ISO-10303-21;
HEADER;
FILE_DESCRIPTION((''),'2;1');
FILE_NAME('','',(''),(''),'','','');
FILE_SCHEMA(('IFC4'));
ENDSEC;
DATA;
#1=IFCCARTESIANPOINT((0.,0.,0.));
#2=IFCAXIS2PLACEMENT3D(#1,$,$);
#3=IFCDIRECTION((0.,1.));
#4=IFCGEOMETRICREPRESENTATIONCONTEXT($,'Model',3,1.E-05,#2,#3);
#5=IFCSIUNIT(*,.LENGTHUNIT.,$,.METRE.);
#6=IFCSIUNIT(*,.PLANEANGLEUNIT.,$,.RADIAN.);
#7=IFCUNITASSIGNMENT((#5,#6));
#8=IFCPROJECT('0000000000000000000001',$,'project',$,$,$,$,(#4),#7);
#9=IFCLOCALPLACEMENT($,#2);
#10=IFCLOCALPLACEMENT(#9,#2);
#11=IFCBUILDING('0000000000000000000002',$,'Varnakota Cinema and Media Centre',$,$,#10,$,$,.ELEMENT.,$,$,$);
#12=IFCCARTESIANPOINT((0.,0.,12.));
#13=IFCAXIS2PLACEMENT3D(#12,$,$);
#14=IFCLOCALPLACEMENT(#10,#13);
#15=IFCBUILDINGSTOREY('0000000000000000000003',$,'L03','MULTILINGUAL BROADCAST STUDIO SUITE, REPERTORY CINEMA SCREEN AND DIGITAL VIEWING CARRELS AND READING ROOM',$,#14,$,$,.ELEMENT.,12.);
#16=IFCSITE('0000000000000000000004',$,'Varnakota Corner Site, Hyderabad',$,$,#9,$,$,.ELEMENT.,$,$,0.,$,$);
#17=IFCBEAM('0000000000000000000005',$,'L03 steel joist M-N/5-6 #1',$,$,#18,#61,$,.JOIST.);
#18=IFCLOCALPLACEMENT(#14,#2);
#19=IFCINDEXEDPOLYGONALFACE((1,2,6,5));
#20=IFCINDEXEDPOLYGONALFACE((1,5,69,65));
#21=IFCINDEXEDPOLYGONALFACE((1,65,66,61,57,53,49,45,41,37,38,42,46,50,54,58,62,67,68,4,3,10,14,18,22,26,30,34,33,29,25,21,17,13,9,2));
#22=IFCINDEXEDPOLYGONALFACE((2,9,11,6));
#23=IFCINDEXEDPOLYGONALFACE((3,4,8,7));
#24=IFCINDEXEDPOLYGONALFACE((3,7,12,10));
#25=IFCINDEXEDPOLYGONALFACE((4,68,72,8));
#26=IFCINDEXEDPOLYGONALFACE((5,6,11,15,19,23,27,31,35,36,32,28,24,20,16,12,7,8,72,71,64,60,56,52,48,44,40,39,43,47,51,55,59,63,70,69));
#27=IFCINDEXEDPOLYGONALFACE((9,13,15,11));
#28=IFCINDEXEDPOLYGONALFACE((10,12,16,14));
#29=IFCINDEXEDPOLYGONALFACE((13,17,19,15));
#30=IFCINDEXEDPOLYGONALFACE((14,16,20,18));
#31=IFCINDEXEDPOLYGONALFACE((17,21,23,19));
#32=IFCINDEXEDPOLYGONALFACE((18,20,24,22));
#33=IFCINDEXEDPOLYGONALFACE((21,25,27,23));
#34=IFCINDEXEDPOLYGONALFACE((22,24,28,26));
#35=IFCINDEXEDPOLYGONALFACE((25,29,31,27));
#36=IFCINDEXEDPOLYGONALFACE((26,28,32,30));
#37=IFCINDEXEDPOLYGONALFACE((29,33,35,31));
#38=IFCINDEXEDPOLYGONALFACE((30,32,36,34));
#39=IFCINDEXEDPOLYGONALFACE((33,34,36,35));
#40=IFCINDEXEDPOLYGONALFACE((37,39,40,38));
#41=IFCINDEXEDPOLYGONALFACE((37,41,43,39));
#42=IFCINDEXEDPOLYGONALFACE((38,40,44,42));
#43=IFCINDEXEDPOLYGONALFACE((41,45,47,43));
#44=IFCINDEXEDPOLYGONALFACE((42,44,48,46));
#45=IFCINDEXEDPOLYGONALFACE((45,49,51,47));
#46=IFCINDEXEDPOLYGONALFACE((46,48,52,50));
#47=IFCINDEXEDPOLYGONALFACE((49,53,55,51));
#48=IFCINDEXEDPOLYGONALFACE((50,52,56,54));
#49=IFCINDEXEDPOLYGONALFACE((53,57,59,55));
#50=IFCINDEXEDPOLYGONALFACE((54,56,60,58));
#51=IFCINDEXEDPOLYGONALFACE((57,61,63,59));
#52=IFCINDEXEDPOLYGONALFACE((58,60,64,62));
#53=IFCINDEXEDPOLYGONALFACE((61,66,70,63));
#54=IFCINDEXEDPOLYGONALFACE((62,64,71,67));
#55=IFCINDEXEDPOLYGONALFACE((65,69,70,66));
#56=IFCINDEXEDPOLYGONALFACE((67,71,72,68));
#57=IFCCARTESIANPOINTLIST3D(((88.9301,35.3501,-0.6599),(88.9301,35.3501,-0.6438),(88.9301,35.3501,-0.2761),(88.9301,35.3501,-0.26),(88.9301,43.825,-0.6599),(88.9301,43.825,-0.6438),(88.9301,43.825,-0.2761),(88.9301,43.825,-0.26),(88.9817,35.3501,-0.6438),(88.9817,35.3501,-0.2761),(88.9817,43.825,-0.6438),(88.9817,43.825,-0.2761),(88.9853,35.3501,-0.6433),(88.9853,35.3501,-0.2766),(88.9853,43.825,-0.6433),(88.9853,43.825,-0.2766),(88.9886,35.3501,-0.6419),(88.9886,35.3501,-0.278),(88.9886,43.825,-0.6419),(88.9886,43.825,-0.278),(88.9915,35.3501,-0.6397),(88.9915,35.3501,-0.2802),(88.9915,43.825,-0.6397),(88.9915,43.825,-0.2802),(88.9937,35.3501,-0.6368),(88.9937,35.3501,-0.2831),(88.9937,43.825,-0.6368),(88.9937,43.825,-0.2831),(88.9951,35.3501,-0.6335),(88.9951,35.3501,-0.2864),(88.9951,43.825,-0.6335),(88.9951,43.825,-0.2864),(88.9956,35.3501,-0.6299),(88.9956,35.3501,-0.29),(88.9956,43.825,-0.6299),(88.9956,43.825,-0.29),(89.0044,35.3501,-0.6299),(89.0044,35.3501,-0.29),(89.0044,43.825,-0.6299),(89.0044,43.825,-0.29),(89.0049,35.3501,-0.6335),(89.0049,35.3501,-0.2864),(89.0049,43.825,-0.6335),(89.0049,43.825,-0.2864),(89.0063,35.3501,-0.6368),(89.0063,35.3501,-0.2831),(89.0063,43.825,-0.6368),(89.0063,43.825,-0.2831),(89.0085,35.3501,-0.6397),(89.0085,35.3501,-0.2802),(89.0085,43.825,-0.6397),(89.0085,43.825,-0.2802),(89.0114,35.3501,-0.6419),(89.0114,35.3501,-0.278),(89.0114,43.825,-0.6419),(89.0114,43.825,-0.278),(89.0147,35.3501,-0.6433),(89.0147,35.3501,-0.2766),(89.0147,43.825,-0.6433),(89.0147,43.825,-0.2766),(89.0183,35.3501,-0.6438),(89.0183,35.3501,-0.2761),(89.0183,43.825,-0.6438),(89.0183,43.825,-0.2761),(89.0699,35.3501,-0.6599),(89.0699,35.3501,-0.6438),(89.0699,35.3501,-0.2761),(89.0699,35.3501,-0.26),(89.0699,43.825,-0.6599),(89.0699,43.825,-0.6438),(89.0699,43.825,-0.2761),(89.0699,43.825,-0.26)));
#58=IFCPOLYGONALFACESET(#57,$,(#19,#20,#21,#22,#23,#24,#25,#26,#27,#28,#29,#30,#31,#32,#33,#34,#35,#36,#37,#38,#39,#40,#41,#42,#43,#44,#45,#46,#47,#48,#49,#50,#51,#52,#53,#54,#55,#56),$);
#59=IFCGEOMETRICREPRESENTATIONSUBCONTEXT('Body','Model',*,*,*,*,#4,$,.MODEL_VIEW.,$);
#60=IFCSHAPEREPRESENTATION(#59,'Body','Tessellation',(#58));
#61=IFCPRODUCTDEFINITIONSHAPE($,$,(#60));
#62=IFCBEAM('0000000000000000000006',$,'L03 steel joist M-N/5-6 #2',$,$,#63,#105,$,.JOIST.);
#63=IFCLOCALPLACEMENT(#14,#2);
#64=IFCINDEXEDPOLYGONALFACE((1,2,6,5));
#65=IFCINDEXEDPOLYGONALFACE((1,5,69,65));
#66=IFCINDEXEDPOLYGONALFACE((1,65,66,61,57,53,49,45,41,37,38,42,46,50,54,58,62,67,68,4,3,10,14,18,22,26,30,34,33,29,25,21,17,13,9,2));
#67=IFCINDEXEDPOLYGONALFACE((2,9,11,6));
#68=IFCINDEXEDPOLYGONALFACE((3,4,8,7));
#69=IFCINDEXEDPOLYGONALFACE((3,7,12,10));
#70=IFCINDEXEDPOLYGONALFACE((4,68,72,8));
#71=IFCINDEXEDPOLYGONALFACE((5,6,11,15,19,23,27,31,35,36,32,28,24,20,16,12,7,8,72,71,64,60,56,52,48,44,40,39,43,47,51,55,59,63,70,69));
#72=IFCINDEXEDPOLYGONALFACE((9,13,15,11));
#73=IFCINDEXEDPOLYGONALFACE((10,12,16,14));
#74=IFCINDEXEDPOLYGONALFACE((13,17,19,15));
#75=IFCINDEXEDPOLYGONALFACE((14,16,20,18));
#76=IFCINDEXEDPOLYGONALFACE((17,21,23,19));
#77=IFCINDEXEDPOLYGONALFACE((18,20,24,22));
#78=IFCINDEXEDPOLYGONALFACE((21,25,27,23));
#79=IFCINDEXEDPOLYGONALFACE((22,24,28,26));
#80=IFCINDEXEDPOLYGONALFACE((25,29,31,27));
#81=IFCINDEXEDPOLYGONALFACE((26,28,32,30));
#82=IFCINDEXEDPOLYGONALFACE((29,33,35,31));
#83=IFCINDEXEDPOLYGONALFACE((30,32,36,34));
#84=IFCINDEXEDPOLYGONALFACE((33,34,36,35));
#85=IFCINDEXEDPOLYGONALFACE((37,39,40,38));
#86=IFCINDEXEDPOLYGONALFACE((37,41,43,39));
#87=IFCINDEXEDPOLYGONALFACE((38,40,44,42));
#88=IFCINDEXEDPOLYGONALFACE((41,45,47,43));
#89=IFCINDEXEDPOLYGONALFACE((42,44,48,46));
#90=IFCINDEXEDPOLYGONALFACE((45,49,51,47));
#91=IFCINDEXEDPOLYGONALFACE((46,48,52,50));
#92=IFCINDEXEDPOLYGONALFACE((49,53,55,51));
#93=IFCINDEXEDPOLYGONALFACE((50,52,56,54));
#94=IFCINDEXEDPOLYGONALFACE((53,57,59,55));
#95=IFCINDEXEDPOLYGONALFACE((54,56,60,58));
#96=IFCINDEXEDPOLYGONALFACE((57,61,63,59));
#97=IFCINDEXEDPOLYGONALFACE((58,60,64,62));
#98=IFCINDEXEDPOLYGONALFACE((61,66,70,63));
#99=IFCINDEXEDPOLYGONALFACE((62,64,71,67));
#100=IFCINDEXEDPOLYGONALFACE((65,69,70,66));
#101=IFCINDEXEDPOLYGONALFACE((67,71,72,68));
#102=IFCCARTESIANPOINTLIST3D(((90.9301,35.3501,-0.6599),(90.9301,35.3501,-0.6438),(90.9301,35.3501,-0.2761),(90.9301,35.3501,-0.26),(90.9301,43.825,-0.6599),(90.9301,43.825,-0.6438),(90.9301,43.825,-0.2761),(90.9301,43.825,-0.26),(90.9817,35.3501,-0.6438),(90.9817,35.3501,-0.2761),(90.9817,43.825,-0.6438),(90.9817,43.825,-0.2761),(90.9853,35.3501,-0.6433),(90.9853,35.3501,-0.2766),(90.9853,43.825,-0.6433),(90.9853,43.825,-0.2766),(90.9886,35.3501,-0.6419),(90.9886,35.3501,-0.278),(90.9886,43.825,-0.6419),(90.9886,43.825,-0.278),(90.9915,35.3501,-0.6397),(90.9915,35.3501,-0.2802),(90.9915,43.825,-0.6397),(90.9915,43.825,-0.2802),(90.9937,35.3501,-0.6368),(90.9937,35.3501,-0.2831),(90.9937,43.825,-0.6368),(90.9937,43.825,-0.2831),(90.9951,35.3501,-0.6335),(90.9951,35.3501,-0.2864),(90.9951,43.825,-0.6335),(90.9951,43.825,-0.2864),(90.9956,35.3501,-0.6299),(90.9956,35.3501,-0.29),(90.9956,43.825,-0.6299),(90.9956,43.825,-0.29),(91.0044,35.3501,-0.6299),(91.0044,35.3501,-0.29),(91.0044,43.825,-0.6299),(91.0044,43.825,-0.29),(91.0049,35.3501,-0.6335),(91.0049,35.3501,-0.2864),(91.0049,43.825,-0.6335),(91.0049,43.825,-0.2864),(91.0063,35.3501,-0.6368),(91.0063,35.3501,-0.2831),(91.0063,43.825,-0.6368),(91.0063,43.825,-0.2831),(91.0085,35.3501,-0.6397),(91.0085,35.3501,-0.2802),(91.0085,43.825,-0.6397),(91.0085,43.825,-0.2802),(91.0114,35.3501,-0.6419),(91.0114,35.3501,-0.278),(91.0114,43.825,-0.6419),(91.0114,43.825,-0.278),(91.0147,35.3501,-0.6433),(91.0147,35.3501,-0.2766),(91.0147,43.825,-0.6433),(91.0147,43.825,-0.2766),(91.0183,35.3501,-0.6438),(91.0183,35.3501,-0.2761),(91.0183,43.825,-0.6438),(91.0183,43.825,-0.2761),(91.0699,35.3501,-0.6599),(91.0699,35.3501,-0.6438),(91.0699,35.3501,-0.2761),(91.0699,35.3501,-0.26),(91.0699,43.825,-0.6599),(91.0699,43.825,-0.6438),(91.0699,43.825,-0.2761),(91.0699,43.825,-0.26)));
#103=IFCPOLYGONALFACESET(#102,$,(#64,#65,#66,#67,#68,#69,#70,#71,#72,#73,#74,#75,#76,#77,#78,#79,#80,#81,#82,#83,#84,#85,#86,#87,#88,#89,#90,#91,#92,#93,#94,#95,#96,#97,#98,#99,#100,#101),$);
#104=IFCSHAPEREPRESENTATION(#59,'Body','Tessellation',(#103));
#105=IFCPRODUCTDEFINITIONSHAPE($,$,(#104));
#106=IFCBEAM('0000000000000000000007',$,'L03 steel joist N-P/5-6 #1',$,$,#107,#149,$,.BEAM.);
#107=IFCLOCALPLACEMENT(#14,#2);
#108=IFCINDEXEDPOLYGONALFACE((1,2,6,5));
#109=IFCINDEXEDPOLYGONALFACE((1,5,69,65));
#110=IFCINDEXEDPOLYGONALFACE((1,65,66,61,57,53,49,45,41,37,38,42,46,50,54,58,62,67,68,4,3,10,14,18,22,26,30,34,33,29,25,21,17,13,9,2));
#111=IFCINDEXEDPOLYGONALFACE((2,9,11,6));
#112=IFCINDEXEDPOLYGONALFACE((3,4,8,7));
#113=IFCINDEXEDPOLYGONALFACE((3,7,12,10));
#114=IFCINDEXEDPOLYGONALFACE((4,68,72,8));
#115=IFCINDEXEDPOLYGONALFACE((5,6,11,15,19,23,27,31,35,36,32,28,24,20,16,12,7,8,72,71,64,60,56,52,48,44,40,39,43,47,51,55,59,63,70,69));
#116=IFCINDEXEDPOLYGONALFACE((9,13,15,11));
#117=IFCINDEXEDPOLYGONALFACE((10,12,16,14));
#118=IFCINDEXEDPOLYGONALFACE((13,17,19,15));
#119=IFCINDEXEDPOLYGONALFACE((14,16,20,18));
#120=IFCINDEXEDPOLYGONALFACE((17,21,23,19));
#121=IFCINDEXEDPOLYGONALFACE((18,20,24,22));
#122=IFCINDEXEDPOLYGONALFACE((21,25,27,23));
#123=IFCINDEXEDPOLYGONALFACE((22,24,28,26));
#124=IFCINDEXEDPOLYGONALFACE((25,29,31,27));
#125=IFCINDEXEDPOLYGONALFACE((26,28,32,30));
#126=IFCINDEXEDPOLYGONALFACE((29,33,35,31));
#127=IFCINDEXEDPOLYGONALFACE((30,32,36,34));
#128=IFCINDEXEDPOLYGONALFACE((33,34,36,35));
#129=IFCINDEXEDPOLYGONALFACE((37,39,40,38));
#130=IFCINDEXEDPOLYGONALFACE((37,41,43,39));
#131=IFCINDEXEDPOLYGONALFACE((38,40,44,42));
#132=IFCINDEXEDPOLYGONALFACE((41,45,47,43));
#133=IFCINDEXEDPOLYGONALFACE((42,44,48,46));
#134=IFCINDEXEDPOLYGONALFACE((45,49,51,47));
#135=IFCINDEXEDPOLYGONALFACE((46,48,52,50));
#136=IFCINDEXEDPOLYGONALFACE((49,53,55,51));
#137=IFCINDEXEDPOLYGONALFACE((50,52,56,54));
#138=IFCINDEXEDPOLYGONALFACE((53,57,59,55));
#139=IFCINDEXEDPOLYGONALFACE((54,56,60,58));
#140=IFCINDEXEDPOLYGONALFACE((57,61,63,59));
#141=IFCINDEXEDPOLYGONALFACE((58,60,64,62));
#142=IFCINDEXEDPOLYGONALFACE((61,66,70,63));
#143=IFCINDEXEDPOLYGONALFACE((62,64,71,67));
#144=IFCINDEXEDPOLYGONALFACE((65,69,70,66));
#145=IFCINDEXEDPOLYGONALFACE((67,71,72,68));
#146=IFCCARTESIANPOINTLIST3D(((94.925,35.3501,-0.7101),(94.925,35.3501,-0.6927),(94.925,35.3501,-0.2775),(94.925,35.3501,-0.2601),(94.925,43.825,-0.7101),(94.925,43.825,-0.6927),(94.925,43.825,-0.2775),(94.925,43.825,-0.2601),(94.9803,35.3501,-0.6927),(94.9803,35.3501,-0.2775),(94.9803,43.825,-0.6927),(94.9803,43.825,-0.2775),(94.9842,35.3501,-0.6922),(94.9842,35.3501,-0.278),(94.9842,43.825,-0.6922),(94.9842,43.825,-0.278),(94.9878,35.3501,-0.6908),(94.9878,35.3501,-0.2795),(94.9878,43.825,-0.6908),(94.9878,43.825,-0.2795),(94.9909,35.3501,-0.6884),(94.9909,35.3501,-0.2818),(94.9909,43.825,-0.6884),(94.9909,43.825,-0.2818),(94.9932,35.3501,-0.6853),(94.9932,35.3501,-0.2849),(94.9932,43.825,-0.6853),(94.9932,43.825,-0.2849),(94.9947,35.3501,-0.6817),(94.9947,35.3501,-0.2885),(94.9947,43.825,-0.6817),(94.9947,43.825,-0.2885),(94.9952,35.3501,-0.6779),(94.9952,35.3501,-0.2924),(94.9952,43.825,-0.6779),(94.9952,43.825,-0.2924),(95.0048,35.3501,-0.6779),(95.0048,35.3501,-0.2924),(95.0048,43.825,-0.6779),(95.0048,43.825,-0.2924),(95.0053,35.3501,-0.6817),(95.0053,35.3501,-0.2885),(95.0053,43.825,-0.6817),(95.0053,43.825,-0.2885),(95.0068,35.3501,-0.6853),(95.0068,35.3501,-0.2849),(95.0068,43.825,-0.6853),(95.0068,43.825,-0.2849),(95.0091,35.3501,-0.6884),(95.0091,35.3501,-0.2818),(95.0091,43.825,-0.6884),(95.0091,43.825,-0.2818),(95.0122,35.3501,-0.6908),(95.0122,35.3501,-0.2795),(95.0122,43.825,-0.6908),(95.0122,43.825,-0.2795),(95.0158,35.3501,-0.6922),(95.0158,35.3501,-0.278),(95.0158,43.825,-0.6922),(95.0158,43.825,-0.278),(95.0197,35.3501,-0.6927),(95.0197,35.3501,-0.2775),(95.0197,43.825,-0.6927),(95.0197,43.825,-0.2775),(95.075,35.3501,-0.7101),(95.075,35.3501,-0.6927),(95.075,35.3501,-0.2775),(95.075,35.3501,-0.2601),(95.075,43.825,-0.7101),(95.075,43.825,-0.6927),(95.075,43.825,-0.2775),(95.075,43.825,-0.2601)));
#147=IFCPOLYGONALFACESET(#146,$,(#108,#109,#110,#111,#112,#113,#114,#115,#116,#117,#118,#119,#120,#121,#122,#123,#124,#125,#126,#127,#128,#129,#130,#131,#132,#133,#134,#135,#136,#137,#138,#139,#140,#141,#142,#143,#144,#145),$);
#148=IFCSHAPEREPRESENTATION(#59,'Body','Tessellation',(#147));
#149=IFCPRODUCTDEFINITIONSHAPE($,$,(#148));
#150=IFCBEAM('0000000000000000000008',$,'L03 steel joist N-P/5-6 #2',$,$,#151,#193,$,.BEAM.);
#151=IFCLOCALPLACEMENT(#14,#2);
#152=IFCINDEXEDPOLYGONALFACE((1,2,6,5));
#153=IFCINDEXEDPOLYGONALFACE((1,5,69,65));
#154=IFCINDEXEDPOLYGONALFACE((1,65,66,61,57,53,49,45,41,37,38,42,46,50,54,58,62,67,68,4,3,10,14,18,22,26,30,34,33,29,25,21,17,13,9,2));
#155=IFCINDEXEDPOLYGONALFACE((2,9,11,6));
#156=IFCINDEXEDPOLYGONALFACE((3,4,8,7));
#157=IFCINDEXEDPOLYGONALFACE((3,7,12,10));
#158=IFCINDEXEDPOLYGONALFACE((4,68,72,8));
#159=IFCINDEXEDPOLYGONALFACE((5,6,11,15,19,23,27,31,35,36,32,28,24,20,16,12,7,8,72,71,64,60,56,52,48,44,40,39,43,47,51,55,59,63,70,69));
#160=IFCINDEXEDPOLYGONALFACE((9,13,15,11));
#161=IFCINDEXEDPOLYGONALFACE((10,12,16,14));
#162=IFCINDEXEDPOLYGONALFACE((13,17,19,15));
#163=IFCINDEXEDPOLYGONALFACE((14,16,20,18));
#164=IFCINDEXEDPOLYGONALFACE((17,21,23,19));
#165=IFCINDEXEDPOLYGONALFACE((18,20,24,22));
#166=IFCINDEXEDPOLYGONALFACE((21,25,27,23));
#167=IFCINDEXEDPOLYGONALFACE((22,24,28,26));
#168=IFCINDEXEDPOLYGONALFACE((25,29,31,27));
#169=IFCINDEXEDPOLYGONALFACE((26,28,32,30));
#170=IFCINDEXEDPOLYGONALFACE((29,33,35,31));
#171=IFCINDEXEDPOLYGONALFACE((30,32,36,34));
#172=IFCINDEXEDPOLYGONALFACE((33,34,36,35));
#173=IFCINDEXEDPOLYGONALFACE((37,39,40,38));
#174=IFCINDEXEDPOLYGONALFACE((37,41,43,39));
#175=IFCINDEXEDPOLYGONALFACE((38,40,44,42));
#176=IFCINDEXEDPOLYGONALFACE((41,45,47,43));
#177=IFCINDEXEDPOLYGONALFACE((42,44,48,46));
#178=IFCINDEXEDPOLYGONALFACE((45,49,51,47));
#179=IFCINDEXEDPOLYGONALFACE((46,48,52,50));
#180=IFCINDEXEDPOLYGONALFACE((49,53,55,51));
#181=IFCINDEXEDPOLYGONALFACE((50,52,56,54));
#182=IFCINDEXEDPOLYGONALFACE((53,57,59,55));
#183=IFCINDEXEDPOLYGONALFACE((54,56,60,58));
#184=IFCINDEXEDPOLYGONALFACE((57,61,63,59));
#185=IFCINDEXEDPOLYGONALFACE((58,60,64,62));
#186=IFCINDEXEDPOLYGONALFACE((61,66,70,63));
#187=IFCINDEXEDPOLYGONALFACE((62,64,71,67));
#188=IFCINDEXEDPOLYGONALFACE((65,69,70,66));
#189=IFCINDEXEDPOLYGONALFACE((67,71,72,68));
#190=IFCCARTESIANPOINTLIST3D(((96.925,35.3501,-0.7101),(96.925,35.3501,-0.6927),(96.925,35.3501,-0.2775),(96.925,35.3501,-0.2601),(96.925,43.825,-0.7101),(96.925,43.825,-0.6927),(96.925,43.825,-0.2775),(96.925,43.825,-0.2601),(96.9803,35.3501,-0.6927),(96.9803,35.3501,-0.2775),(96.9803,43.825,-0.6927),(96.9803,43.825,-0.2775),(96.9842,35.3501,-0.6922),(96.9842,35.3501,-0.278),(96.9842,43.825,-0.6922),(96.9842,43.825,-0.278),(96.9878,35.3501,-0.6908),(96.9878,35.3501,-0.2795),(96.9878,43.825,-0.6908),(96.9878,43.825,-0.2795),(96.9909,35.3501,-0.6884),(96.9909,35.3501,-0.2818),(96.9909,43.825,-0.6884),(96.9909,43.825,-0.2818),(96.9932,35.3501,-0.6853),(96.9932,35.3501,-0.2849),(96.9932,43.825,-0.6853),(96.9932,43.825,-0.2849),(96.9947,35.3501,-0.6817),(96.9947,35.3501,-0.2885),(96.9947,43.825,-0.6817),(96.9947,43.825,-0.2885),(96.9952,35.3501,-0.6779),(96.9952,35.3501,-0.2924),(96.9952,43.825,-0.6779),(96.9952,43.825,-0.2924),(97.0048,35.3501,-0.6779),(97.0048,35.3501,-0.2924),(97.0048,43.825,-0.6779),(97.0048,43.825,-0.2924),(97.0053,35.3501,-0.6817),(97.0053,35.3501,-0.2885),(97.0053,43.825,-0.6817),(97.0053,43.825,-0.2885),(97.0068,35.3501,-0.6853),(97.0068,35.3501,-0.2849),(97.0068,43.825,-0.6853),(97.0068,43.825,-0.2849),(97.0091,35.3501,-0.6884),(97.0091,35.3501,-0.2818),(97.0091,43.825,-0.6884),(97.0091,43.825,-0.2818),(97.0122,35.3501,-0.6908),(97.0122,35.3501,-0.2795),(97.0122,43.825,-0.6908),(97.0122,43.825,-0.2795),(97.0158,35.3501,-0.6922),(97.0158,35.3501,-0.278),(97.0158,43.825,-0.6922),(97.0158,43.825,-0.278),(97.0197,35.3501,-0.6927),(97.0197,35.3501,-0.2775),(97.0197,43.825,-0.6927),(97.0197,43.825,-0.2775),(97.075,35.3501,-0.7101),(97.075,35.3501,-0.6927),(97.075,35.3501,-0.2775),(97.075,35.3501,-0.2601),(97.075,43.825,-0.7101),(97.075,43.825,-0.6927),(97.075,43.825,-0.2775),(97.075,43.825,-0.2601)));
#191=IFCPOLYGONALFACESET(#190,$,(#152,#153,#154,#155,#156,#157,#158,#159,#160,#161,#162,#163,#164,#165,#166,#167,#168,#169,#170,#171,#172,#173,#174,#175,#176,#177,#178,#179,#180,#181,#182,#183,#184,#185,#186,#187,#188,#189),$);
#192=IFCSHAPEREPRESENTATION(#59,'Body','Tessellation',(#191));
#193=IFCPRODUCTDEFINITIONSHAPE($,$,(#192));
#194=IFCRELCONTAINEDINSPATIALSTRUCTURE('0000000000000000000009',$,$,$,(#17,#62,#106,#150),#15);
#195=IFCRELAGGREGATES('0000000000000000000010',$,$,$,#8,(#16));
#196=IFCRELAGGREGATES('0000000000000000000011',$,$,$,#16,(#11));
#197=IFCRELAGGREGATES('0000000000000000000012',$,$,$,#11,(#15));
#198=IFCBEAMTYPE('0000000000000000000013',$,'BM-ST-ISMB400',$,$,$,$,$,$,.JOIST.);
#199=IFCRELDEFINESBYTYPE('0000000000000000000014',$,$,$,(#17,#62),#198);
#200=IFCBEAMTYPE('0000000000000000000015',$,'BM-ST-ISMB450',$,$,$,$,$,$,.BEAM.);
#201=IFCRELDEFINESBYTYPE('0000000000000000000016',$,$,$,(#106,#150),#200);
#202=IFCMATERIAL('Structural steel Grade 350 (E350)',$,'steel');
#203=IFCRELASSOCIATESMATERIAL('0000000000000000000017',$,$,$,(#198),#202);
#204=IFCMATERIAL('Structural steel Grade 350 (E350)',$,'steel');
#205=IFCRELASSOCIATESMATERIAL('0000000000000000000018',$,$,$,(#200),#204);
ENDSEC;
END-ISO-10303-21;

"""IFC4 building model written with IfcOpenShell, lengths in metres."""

from ifc_helpers import new_model, si_unit, direction, frame, origin, origin_2d, place, context, subcontext, project, spatial, i_section, extrude, material, material_profile, profile_set, type_object, element, save


model = new_model("IFC4")

# Units and contexts
model_context = context("Model", 3, precision=1e-05, world=origin(), true_north=direction((0.0, 1.0)))
body_context = subcontext(model_context, "Body", "Model", "MODEL_VIEW")
ifc_project = project(units=[si_unit("LENGTHUNIT", "METRE"), si_unit("PLANEANGLEUNIT", "RADIAN")], contexts=[model_context])

# Site, building, storey
site_placement = place(None, origin())
site = spatial("IfcSite", under=ifc_project, at=site_placement, Name="Varnakota Corner Site, Hyderabad", CompositionType="ELEMENT", RefElevation=0.0)
building_placement = place(site_placement, origin())
building = spatial("IfcBuilding", under=site, at=building_placement, Name="Varnakota Cinema and Media Centre", CompositionType="ELEMENT")
storey_placement = place(building_placement, frame((0.0, 0.0, 12.0)))
storey = spatial("IfcBuildingStorey", under=building, at=storey_placement, Name="L03", Description="MULTILINGUAL BROADCAST STUDIO SUITE, REPERTORY CINEMA SCREEN AND DIGITAL VIEWING CARRELS AND READING ROOM", CompositionType="ELEMENT", Elevation=12.0)

# Beams
ifc_material_1 = material(Name="Structural steel Grade 350 (E350)", Category="steel")
ifc_material_profile_1 = material_profile(ifc_material_1, i_section(OverallWidth=0.1399, OverallDepth=0.3999, WebThickness=0.0088, FlangeThickness=0.0161, FilletRadius=0.0139, at=origin_2d()), Name="ISMB 400")
ifc_profile_set_1 = profile_set([ifc_material_profile_1], Name="Structural steel Grade 350 (E350)")
beam_type_1 = type_object("IfcBeamType", Name="BM-ST-ISMB400", PredefinedType="JOIST", material=ifc_profile_set_1)
for number, where, z_axis, x_axis, name in (
    (1, (89.0, 35.3501, -0.46), (0.0, 1.0, 0.0), (-1.0, 0.0, 0.0), "L03 steel joist M-N/5-6 #1"),
    (2, (91.0, 35.3501, -0.46), (0.0, 1.0, 0.0), (-1.0, 0.0, 0.0), "L03 steel joist M-N/5-6 #2"),
):
    element("IfcBeam", number, at=place(storey_placement, frame(where, z_axis=z_axis, x_axis=x_axis)), inside=storey, type_object=beam_type_1, Name=name, PredefinedType="JOIST", context=body_context, shape_type="SweptSolid", body=[
        extrude(i_section(OverallWidth=0.1399, OverallDepth=0.3999, WebThickness=0.0088, FlangeThickness=0.0161, FilletRadius=0.0139, at=origin_2d()), origin(), (0.0, 0.0, 1.0), 8.4749),
    ])
ifc_material_2 = material(Name="Structural steel Grade 350 (E350)", Category="steel")
ifc_material_profile_2 = material_profile(ifc_material_2, i_section(OverallWidth=0.1499, OverallDepth=0.45, WebThickness=0.0095, FlangeThickness=0.0173, FilletRadius=0.0149, at=origin_2d()), Name="ISMB 450")
ifc_profile_set_2 = profile_set([ifc_material_profile_2], Name="Structural steel Grade 350 (E350)")
beam_type_2 = type_object("IfcBeamType", Name="BM-ST-ISMB450", PredefinedType="BEAM", material=ifc_profile_set_2)
for number, where, z_axis, x_axis, name in (
    (3, (95.0, 35.3501, -0.4851), (0.0, 1.0, 0.0), (-1.0, 0.0, 0.0), "L03 steel joist N-P/5-6 #1"),
    (4, (97.0, 35.3501, -0.4851), (0.0, 1.0, 0.0), (-1.0, 0.0, 0.0), "L03 steel joist N-P/5-6 #2"),
):
    element("IfcBeam", number, at=place(storey_placement, frame(where, z_axis=z_axis, x_axis=x_axis)), inside=storey, type_object=beam_type_2, Name=name, PredefinedType="BEAM", context=body_context, shape_type="SweptSolid", body=[
        extrude(i_section(OverallWidth=0.1499, OverallDepth=0.45, WebThickness=0.0095, FlangeThickness=0.0173, FilletRadius=0.0149, at=origin_2d()), origin(), (0.0, 0.0, 1.0), 8.4749),
    ])

save(model, "model.ifc")
